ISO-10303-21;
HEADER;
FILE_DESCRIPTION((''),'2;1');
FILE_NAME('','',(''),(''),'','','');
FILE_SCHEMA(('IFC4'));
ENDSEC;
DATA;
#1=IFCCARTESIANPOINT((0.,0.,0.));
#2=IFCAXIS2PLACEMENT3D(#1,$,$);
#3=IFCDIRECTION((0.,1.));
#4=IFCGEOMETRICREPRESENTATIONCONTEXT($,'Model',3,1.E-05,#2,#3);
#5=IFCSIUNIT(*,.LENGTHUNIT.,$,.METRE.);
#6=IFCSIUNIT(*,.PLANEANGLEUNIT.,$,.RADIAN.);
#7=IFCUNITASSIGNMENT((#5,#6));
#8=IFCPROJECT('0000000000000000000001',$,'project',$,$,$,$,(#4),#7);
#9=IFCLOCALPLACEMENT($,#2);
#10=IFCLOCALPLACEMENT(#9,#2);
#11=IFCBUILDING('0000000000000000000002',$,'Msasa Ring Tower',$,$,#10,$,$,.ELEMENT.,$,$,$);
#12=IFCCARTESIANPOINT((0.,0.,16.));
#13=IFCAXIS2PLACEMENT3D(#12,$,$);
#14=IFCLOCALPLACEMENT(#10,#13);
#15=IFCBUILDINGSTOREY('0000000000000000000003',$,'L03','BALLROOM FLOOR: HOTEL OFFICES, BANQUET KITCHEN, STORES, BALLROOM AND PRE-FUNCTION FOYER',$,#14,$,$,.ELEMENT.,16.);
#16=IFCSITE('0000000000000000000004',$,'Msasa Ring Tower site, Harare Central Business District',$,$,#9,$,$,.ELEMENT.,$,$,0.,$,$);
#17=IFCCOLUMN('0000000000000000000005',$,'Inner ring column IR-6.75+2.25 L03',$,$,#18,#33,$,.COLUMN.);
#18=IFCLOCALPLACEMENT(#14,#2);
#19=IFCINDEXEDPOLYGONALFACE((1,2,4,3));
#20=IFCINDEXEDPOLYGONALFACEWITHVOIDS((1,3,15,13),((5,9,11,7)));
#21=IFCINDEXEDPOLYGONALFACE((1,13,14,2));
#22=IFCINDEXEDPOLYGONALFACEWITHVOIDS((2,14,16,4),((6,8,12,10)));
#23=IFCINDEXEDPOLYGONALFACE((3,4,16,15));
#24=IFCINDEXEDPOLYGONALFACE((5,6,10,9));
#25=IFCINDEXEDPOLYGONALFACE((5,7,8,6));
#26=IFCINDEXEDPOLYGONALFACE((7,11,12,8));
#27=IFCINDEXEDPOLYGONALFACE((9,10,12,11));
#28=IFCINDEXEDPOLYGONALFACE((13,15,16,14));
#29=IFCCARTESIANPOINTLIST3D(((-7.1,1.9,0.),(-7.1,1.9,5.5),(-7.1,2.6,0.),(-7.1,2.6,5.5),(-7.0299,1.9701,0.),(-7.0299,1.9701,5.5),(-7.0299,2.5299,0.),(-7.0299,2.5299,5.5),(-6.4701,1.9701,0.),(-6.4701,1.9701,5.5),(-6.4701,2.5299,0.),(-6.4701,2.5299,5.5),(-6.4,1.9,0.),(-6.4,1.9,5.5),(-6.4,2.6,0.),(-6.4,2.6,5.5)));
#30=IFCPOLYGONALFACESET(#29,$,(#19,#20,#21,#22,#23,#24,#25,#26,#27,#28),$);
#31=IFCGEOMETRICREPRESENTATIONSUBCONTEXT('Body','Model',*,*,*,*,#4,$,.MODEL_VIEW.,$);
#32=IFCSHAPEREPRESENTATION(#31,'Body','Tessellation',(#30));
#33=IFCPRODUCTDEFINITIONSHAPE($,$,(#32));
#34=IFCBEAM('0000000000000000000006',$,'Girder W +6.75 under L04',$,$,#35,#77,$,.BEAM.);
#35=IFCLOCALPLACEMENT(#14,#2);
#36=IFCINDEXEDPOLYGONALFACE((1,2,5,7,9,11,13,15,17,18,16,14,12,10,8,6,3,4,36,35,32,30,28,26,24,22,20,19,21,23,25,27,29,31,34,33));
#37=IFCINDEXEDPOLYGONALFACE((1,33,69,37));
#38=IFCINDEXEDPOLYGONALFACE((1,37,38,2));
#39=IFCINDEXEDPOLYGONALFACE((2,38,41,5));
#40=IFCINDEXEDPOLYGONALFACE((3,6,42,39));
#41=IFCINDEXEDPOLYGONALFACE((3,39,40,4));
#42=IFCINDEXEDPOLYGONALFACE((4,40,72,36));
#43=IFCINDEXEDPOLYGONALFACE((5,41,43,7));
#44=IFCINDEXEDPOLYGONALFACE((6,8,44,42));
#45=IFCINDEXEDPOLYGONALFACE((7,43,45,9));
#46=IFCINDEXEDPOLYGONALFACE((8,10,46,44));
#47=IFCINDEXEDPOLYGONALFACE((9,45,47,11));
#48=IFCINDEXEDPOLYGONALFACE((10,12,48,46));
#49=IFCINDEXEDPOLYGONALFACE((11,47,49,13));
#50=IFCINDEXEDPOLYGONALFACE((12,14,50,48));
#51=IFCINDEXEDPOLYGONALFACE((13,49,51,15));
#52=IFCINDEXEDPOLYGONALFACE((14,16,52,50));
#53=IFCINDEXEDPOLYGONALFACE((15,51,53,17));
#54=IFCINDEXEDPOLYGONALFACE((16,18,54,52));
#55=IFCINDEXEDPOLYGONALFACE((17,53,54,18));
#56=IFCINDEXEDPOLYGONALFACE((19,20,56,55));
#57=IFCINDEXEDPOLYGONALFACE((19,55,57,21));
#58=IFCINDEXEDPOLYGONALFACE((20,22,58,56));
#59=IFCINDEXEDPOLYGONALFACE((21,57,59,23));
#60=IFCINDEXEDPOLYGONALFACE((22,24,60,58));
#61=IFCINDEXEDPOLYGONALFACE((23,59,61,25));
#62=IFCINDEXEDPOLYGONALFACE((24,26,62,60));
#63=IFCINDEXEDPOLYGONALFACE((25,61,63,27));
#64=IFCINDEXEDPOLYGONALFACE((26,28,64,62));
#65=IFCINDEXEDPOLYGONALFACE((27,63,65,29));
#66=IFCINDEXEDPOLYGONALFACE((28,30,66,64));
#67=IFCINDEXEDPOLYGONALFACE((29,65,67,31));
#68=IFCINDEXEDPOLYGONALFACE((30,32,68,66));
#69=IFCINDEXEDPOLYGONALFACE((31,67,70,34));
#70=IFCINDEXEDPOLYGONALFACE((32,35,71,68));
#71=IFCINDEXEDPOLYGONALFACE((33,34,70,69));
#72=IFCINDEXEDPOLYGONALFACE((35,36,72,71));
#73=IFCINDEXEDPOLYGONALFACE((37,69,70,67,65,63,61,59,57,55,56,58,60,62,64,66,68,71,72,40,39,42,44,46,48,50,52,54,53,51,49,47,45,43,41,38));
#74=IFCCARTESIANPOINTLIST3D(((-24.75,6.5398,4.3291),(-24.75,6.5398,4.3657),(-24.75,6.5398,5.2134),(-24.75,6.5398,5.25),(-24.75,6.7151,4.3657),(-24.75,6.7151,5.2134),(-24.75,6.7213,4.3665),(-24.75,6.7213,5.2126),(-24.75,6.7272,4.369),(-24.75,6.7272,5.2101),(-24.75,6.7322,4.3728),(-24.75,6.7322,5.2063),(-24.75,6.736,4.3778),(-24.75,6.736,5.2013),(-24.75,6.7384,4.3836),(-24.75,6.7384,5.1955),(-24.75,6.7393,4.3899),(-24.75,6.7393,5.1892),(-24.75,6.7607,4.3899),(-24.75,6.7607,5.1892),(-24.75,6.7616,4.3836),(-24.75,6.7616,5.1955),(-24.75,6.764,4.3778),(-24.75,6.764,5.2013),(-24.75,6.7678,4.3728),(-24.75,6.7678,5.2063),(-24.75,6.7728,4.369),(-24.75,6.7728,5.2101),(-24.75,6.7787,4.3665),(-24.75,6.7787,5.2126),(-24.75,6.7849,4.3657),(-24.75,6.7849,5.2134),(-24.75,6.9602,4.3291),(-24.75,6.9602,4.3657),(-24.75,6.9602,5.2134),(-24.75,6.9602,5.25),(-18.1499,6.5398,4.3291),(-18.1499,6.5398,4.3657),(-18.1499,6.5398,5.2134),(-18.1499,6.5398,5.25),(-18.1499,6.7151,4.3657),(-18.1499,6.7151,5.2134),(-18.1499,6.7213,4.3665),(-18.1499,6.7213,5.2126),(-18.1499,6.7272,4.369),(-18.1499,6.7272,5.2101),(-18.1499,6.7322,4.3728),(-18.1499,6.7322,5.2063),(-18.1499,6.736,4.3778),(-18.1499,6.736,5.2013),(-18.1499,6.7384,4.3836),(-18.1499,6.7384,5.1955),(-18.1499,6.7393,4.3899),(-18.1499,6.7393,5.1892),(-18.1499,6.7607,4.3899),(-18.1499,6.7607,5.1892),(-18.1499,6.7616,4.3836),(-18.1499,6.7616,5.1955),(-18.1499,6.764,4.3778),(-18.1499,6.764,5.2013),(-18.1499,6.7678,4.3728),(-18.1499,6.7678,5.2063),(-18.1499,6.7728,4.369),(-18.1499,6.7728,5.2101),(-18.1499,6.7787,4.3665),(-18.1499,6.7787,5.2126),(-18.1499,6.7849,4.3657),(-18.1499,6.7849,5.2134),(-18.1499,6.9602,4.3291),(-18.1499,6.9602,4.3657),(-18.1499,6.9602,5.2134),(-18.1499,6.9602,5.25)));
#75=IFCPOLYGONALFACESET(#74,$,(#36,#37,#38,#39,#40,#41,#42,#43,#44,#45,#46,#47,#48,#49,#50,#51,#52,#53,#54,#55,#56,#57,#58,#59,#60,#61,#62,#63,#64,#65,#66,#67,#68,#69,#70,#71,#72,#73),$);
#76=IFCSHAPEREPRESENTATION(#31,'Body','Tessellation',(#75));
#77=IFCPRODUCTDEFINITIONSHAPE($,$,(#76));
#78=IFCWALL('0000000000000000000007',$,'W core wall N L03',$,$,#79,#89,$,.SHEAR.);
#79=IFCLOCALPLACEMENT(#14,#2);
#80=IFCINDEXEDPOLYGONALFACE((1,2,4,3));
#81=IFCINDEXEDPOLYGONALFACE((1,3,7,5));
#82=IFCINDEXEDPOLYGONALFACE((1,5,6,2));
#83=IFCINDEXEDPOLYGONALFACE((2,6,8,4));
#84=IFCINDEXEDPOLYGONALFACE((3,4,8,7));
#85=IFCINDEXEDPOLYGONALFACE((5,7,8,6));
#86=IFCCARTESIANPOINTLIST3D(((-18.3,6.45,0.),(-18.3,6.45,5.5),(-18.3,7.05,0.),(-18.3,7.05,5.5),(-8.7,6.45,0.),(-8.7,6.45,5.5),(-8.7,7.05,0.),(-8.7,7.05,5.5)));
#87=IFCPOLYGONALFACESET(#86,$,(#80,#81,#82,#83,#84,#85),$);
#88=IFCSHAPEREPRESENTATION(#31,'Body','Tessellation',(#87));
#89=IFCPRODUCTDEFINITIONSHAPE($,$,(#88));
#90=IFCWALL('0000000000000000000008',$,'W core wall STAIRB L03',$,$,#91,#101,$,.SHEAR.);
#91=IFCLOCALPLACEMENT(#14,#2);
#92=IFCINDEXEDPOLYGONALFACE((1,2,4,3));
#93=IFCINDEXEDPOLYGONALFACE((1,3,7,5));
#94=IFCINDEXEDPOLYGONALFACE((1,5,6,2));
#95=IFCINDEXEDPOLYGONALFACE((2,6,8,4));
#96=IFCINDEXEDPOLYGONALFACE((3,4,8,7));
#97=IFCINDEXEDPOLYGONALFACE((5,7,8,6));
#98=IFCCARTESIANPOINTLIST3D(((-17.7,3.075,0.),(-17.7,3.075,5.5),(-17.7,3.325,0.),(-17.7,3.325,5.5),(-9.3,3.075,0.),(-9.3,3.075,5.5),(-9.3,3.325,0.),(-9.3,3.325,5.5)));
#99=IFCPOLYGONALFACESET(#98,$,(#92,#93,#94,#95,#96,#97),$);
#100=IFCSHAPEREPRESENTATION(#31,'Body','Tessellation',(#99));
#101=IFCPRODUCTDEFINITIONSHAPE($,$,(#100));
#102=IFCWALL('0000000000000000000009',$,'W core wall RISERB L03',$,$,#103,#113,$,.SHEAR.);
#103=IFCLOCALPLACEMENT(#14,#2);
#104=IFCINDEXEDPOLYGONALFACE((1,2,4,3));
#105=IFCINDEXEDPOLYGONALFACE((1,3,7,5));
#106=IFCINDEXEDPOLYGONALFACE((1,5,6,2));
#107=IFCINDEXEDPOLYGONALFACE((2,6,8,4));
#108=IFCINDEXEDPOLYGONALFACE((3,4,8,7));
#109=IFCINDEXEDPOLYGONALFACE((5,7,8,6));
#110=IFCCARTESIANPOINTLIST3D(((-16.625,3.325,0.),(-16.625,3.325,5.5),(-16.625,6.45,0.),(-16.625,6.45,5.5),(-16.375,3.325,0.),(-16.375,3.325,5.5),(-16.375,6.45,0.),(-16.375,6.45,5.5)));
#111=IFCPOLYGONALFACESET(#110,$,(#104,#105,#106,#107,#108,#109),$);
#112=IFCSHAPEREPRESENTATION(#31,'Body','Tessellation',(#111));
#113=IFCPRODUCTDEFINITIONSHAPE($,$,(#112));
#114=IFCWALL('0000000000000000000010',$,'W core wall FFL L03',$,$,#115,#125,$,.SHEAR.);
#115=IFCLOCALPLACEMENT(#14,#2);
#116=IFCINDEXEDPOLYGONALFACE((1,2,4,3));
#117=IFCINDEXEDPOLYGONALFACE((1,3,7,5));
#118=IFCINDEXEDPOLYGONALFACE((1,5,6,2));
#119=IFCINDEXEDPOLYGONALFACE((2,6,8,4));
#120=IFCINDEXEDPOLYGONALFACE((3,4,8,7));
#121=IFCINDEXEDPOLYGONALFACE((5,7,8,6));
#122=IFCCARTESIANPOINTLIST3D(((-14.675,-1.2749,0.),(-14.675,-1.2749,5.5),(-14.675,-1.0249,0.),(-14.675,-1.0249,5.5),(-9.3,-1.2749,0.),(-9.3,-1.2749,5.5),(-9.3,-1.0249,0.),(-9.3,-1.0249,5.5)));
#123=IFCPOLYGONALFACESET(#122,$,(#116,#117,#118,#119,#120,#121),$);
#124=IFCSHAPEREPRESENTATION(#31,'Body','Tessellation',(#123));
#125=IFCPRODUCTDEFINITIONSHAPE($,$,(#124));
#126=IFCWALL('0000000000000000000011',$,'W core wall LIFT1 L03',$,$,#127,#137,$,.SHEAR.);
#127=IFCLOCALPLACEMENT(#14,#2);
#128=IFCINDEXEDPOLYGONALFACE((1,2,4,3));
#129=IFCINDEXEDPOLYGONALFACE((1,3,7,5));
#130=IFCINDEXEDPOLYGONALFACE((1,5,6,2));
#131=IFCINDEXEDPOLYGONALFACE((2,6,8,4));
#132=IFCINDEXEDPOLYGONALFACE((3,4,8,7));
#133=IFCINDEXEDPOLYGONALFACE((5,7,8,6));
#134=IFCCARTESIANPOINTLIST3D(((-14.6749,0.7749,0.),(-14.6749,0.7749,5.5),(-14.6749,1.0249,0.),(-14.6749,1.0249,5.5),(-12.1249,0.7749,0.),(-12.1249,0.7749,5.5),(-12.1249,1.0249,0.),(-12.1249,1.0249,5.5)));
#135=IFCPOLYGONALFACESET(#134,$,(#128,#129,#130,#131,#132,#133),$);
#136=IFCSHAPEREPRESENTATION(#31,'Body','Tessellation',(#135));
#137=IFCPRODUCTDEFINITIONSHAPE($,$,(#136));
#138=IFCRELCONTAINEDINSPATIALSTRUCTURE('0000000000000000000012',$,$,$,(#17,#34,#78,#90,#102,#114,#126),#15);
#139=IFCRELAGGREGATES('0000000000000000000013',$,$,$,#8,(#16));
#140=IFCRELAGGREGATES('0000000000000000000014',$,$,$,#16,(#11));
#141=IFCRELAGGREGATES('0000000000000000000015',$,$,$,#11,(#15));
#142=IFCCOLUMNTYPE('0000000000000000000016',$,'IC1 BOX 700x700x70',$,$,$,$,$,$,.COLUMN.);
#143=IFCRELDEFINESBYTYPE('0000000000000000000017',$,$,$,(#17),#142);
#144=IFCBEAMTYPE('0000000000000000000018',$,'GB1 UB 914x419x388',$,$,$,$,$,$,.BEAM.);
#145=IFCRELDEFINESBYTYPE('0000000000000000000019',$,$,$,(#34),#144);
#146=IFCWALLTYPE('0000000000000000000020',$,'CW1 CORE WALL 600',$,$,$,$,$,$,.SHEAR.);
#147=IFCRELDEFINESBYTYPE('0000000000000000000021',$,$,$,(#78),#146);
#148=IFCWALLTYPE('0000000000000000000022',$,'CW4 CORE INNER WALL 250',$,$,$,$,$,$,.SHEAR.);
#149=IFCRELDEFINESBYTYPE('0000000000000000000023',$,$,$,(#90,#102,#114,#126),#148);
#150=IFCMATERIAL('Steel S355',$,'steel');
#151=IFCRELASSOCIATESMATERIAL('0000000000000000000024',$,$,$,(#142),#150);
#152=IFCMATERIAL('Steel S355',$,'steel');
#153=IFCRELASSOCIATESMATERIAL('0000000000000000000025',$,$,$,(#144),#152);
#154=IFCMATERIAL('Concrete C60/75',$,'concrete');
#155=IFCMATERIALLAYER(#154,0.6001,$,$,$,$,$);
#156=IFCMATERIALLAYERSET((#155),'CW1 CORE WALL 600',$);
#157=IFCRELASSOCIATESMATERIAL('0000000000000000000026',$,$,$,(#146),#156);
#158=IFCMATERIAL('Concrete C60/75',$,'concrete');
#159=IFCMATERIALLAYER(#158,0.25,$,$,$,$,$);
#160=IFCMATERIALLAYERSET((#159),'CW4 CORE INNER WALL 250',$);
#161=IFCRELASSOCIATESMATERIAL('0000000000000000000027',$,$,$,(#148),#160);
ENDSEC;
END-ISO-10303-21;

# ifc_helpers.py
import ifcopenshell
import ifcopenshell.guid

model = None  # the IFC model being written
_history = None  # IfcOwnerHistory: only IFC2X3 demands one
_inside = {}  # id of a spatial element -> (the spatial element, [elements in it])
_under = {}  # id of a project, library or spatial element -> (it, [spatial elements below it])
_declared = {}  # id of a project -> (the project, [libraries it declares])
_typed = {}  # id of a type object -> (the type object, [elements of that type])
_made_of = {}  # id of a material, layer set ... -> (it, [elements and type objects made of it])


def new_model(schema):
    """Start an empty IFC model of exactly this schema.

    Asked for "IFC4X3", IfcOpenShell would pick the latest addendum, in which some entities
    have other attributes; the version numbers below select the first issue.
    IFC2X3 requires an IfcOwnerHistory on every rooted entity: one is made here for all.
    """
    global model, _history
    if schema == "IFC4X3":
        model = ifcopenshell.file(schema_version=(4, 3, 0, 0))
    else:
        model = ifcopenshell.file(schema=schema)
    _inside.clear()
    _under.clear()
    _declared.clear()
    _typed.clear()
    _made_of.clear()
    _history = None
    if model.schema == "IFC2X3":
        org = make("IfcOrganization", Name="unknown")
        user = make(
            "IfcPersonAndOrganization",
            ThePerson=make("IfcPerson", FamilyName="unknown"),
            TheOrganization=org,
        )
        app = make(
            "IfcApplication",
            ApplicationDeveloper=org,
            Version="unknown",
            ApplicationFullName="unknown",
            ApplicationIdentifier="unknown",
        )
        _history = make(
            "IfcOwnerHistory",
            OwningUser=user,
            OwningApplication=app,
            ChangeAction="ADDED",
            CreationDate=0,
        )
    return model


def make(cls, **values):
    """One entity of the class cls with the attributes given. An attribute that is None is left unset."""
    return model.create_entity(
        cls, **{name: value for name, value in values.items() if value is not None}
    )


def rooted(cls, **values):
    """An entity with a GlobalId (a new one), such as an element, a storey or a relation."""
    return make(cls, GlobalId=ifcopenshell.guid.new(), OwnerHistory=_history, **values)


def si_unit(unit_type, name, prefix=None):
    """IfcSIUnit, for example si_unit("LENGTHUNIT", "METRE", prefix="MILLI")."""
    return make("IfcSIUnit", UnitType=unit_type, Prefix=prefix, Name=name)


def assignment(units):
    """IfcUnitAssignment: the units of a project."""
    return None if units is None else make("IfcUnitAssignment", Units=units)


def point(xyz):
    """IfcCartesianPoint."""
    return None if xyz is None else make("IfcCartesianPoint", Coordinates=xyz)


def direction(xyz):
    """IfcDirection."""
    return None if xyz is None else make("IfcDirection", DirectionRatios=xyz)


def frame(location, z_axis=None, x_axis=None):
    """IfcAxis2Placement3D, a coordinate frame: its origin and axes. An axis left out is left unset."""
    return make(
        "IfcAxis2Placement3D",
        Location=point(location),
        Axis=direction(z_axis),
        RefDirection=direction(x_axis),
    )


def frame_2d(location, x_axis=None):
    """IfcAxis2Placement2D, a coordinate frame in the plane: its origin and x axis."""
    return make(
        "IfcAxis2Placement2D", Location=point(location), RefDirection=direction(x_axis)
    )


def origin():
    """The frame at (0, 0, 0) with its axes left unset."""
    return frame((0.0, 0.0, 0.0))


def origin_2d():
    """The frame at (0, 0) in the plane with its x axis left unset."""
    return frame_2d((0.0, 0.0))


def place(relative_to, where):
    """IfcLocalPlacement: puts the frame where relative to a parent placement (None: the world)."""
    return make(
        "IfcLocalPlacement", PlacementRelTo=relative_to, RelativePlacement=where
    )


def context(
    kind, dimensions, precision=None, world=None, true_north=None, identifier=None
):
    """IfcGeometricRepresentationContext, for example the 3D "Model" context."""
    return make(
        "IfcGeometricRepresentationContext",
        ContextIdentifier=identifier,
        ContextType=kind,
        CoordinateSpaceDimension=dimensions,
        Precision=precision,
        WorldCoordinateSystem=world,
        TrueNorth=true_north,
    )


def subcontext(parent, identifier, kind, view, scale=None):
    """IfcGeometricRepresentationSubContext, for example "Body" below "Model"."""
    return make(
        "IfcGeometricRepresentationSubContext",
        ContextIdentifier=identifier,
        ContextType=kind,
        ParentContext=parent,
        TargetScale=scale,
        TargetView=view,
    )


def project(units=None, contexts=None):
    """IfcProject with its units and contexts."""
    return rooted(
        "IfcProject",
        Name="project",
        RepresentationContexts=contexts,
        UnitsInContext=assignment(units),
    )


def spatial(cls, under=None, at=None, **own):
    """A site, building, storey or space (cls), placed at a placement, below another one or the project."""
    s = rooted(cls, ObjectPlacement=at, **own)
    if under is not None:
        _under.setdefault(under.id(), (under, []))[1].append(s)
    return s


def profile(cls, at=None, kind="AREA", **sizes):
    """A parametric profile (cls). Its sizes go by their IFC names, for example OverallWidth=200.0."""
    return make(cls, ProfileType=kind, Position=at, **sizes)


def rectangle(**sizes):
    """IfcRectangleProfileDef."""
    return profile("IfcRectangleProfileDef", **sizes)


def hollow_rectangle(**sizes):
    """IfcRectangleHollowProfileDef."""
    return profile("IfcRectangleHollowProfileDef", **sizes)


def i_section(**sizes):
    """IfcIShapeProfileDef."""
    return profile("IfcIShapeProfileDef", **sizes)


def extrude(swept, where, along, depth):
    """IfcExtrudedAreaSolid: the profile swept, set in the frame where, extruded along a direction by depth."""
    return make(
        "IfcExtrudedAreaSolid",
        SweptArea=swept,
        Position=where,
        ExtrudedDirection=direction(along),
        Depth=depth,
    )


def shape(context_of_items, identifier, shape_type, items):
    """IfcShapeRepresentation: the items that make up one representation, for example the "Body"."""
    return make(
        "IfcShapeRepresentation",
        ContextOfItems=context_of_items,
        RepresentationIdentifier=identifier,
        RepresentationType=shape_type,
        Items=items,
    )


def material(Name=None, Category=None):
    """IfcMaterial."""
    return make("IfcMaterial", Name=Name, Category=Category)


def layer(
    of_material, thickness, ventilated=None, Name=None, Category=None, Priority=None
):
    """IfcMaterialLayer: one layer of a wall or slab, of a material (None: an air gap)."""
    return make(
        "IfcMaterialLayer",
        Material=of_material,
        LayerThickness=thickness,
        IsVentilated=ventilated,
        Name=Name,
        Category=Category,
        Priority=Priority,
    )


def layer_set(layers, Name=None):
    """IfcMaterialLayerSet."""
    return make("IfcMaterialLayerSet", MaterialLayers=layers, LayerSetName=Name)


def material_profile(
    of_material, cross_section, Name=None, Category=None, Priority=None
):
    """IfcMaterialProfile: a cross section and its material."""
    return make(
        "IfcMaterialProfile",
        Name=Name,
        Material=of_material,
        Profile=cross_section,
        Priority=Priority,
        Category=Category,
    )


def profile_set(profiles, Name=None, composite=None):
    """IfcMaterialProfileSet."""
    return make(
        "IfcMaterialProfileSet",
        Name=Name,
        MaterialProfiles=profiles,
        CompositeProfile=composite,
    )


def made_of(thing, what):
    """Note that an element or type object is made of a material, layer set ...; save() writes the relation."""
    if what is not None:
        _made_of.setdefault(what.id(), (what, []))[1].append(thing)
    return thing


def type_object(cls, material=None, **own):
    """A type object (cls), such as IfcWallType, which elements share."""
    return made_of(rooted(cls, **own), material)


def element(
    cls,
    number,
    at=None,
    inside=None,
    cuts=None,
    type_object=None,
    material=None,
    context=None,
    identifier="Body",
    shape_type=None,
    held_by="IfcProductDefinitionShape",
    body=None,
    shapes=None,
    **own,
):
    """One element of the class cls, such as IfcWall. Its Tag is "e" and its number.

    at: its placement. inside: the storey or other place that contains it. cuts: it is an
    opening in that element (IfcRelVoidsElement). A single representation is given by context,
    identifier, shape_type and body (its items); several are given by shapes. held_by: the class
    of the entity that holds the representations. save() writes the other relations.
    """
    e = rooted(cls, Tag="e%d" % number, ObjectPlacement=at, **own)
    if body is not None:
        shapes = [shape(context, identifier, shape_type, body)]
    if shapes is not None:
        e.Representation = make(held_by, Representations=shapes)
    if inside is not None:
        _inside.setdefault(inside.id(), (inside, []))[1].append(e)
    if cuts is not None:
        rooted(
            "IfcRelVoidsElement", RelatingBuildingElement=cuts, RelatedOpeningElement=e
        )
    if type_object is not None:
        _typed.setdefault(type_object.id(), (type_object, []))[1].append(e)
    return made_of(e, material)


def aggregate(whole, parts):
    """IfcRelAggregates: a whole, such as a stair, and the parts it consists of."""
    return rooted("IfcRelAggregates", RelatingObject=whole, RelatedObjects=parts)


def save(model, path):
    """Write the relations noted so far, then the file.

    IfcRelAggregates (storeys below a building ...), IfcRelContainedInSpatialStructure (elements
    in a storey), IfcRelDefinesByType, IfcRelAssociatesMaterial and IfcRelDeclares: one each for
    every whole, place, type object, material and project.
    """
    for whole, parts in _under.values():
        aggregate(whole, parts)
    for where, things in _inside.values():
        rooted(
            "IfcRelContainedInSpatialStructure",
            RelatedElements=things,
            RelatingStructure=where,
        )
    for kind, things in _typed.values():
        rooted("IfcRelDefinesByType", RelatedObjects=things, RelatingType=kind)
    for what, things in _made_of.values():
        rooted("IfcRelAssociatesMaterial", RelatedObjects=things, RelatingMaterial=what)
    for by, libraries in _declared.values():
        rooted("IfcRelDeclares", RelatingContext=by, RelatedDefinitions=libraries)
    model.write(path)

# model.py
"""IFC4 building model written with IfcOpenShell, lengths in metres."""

from ifc_helpers import new_model, si_unit, direction, frame, frame_2d, origin, origin_2d, place, context, subcontext, project, spatial, rectangle, hollow_rectangle, i_section, extrude, material, layer, layer_set, material_profile, profile_set, type_object, element, save


model = new_model("IFC4")

# Units and contexts
model_context = context("Model", 3, precision=1e-05, world=origin(), true_north=direction((0.0, 1.0)))
body_context = subcontext(model_context, "Body", "Model", "MODEL_VIEW")
ifc_project = project(units=[si_unit("LENGTHUNIT", "METRE"), si_unit("PLANEANGLEUNIT", "RADIAN")], contexts=[model_context])

# Site, building, storey
site_placement = place(None, origin())
site = spatial("IfcSite", under=ifc_project, at=site_placement, Name="Msasa Ring Tower site, Harare Central Business District", CompositionType="ELEMENT", RefElevation=0.0)
building_placement = place(site_placement, origin())
building = spatial("IfcBuilding", under=site, at=building_placement, Name="Msasa Ring Tower", CompositionType="ELEMENT")
storey_placement = place(building_placement, frame((0.0, 0.0, 16.0)))
storey = spatial("IfcBuildingStorey", under=building, at=storey_placement, Name="L03", Description="BALLROOM FLOOR: HOTEL OFFICES, BANQUET KITCHEN, STORES, BALLROOM AND PRE-FUNCTION FOYER", CompositionType="ELEMENT", Elevation=16.0)

# Column
ifc_material_1 = material(Name="Steel S355", Category="steel")
ifc_material_profile_1 = material_profile(ifc_material_1, hollow_rectangle(XDim=0.7, YDim=0.7, WallThickness=0.0701, at=origin_2d()), Name="BOX 700x700x70")
ifc_profile_set_1 = profile_set([ifc_material_profile_1], Name="Steel S355")
column_type = type_object("IfcColumnType", Name="IC1 BOX 700x700x70", PredefinedType="COLUMN", material=ifc_profile_set_1)
column_placement = place(storey_placement, frame((-6.75, 2.25, 0.0), z_axis=(0.0, 0.0, 1.0), x_axis=(1.0, 0.0, 0.0)))
element("IfcColumn", 1, at=column_placement, inside=storey, type_object=column_type, Name="Inner ring column IR-6.75+2.25 L03", PredefinedType="COLUMN", context=body_context, shape_type="SweptSolid", body=[
    extrude(hollow_rectangle(XDim=0.7, YDim=0.7, WallThickness=0.0701, at=origin_2d()), origin(), (0.0, 0.0, 1.0), 5.5),
])

# Beam
ifc_material_2 = material(Name="Steel S355", Category="steel")
ifc_material_profile_2 = material_profile(ifc_material_2, i_section(OverallWidth=0.4204, OverallDepth=0.9209, WebThickness=0.0215, FlangeThickness=0.0366, FilletRadius=0.0242, at=origin_2d()), Name="UB 914x419x388")
ifc_profile_set_2 = profile_set([ifc_material_profile_2], Name="Steel S355")
beam_type = type_object("IfcBeamType", Name="GB1 UB 914x419x388", PredefinedType="BEAM", material=ifc_profile_set_2)
beam_placement = place(storey_placement, frame((-18.1499, 6.75, 4.7896), z_axis=(-1.0, 0.0, 0.0), x_axis=(0.0, -1.0, 0.0)))
element("IfcBeam", 2, at=beam_placement, inside=storey, type_object=beam_type, Name="Girder W +6.75 under L04", PredefinedType="BEAM", context=body_context, shape_type="SweptSolid", body=[
    extrude(i_section(OverallWidth=0.4204, OverallDepth=0.9209, WebThickness=0.0215, FlangeThickness=0.0366, FilletRadius=0.0242, at=origin_2d()), origin(), (0.0, 0.0, 1.0), 6.6001),
])

# Walls
ifc_material_3 = material(Name="Concrete C60/75", Category="concrete")
ifc_layer_1 = layer(ifc_material_3, 0.6001)
ifc_layer_set_1 = layer_set([ifc_layer_1], Name="CW1 CORE WALL 600")
wall_type_1 = type_object("IfcWallType", Name="CW1 CORE WALL 600", PredefinedType="SHEAR", material=ifc_layer_set_1)
wall_1_placement = place(storey_placement, frame((-8.7, 6.75, 0.0), z_axis=(0.0, 0.0, 1.0), x_axis=(-1.0, 0.0, 0.0)))
element("IfcWall", 3, at=wall_1_placement, inside=storey, type_object=wall_type_1, Name="W core wall N L03", PredefinedType="SHEAR", context=body_context, shape_type="SweptSolid", body=[
    extrude(rectangle(XDim=9.6001, YDim=0.6001, at=frame_2d((4.8, 0.0))), origin(), (0.0, 0.0, 1.0), 5.5),
])
ifc_material_4 = material(Name="Concrete C60/75", Category="concrete")
ifc_layer_2 = layer(ifc_material_4, 0.25)
ifc_layer_set_2 = layer_set([ifc_layer_2], Name="CW4 CORE INNER WALL 250")
wall_type_2 = type_object("IfcWallType", Name="CW4 CORE INNER WALL 250", PredefinedType="SHEAR", material=ifc_layer_set_2)
wall_2_placement = place(storey_placement, frame((-9.3, 3.2, 0.0), z_axis=(0.0, 0.0, 1.0), x_axis=(-1.0, 0.0, 0.0)))
element("IfcWall", 4, at=wall_2_placement, inside=storey, type_object=wall_type_2, Name="W core wall STAIRB L03", PredefinedType="SHEAR", context=body_context, shape_type="SweptSolid", body=[
    extrude(rectangle(XDim=8.3999, YDim=0.25, at=frame_2d((4.2, 0.0))), origin(), (0.0, 0.0, 1.0), 5.5),
])
wall_3_placement = place(storey_placement, frame((-16.5, 3.325, 0.0), z_axis=(0.0, 0.0, 1.0), x_axis=(0.0, 1.0, 0.0)))
element("IfcWall", 5, at=wall_3_placement, inside=storey, type_object=wall_type_2, Name="W core wall RISERB L03", PredefinedType="SHEAR", context=body_context, shape_type="SweptSolid", body=[
    extrude(rectangle(XDim=3.125, YDim=0.25, at=frame_2d((1.5625, 0.0))), origin(), (0.0, 0.0, 1.0), 5.5),
])
wall_4_placement = place(storey_placement, frame((-9.3, -1.1499, 0.0), z_axis=(0.0, 0.0, 1.0), x_axis=(-1.0, 0.0, 0.0)))
element("IfcWall", 6, at=wall_4_placement, inside=storey, type_object=wall_type_2, Name="W core wall FFL L03", PredefinedType="SHEAR", context=body_context, shape_type="SweptSolid", body=[
    extrude(rectangle(XDim=5.375, YDim=0.25, at=frame_2d((2.6875, 0.0))), origin(), (0.0, 0.0, 1.0), 5.5),
])
wall_5_placement = place(storey_placement, frame((-12.125, 0.8999, 0.0), z_axis=(0.0, 0.0, 1.0), x_axis=(-1.0, 0.0, 0.0)))
element("IfcWall", 7, at=wall_5_placement, inside=storey, type_object=wall_type_2, Name="W core wall LIFT1 L03", PredefinedType="SHEAR", context=body_context, shape_type="SweptSolid", body=[
    extrude(rectangle(XDim=2.55, YDim=0.25, at=frame_2d((1.2749, 0.0))), origin(), (0.0, 0.0, 1.0), 5.5),
])

save(model, "model.ifc")
